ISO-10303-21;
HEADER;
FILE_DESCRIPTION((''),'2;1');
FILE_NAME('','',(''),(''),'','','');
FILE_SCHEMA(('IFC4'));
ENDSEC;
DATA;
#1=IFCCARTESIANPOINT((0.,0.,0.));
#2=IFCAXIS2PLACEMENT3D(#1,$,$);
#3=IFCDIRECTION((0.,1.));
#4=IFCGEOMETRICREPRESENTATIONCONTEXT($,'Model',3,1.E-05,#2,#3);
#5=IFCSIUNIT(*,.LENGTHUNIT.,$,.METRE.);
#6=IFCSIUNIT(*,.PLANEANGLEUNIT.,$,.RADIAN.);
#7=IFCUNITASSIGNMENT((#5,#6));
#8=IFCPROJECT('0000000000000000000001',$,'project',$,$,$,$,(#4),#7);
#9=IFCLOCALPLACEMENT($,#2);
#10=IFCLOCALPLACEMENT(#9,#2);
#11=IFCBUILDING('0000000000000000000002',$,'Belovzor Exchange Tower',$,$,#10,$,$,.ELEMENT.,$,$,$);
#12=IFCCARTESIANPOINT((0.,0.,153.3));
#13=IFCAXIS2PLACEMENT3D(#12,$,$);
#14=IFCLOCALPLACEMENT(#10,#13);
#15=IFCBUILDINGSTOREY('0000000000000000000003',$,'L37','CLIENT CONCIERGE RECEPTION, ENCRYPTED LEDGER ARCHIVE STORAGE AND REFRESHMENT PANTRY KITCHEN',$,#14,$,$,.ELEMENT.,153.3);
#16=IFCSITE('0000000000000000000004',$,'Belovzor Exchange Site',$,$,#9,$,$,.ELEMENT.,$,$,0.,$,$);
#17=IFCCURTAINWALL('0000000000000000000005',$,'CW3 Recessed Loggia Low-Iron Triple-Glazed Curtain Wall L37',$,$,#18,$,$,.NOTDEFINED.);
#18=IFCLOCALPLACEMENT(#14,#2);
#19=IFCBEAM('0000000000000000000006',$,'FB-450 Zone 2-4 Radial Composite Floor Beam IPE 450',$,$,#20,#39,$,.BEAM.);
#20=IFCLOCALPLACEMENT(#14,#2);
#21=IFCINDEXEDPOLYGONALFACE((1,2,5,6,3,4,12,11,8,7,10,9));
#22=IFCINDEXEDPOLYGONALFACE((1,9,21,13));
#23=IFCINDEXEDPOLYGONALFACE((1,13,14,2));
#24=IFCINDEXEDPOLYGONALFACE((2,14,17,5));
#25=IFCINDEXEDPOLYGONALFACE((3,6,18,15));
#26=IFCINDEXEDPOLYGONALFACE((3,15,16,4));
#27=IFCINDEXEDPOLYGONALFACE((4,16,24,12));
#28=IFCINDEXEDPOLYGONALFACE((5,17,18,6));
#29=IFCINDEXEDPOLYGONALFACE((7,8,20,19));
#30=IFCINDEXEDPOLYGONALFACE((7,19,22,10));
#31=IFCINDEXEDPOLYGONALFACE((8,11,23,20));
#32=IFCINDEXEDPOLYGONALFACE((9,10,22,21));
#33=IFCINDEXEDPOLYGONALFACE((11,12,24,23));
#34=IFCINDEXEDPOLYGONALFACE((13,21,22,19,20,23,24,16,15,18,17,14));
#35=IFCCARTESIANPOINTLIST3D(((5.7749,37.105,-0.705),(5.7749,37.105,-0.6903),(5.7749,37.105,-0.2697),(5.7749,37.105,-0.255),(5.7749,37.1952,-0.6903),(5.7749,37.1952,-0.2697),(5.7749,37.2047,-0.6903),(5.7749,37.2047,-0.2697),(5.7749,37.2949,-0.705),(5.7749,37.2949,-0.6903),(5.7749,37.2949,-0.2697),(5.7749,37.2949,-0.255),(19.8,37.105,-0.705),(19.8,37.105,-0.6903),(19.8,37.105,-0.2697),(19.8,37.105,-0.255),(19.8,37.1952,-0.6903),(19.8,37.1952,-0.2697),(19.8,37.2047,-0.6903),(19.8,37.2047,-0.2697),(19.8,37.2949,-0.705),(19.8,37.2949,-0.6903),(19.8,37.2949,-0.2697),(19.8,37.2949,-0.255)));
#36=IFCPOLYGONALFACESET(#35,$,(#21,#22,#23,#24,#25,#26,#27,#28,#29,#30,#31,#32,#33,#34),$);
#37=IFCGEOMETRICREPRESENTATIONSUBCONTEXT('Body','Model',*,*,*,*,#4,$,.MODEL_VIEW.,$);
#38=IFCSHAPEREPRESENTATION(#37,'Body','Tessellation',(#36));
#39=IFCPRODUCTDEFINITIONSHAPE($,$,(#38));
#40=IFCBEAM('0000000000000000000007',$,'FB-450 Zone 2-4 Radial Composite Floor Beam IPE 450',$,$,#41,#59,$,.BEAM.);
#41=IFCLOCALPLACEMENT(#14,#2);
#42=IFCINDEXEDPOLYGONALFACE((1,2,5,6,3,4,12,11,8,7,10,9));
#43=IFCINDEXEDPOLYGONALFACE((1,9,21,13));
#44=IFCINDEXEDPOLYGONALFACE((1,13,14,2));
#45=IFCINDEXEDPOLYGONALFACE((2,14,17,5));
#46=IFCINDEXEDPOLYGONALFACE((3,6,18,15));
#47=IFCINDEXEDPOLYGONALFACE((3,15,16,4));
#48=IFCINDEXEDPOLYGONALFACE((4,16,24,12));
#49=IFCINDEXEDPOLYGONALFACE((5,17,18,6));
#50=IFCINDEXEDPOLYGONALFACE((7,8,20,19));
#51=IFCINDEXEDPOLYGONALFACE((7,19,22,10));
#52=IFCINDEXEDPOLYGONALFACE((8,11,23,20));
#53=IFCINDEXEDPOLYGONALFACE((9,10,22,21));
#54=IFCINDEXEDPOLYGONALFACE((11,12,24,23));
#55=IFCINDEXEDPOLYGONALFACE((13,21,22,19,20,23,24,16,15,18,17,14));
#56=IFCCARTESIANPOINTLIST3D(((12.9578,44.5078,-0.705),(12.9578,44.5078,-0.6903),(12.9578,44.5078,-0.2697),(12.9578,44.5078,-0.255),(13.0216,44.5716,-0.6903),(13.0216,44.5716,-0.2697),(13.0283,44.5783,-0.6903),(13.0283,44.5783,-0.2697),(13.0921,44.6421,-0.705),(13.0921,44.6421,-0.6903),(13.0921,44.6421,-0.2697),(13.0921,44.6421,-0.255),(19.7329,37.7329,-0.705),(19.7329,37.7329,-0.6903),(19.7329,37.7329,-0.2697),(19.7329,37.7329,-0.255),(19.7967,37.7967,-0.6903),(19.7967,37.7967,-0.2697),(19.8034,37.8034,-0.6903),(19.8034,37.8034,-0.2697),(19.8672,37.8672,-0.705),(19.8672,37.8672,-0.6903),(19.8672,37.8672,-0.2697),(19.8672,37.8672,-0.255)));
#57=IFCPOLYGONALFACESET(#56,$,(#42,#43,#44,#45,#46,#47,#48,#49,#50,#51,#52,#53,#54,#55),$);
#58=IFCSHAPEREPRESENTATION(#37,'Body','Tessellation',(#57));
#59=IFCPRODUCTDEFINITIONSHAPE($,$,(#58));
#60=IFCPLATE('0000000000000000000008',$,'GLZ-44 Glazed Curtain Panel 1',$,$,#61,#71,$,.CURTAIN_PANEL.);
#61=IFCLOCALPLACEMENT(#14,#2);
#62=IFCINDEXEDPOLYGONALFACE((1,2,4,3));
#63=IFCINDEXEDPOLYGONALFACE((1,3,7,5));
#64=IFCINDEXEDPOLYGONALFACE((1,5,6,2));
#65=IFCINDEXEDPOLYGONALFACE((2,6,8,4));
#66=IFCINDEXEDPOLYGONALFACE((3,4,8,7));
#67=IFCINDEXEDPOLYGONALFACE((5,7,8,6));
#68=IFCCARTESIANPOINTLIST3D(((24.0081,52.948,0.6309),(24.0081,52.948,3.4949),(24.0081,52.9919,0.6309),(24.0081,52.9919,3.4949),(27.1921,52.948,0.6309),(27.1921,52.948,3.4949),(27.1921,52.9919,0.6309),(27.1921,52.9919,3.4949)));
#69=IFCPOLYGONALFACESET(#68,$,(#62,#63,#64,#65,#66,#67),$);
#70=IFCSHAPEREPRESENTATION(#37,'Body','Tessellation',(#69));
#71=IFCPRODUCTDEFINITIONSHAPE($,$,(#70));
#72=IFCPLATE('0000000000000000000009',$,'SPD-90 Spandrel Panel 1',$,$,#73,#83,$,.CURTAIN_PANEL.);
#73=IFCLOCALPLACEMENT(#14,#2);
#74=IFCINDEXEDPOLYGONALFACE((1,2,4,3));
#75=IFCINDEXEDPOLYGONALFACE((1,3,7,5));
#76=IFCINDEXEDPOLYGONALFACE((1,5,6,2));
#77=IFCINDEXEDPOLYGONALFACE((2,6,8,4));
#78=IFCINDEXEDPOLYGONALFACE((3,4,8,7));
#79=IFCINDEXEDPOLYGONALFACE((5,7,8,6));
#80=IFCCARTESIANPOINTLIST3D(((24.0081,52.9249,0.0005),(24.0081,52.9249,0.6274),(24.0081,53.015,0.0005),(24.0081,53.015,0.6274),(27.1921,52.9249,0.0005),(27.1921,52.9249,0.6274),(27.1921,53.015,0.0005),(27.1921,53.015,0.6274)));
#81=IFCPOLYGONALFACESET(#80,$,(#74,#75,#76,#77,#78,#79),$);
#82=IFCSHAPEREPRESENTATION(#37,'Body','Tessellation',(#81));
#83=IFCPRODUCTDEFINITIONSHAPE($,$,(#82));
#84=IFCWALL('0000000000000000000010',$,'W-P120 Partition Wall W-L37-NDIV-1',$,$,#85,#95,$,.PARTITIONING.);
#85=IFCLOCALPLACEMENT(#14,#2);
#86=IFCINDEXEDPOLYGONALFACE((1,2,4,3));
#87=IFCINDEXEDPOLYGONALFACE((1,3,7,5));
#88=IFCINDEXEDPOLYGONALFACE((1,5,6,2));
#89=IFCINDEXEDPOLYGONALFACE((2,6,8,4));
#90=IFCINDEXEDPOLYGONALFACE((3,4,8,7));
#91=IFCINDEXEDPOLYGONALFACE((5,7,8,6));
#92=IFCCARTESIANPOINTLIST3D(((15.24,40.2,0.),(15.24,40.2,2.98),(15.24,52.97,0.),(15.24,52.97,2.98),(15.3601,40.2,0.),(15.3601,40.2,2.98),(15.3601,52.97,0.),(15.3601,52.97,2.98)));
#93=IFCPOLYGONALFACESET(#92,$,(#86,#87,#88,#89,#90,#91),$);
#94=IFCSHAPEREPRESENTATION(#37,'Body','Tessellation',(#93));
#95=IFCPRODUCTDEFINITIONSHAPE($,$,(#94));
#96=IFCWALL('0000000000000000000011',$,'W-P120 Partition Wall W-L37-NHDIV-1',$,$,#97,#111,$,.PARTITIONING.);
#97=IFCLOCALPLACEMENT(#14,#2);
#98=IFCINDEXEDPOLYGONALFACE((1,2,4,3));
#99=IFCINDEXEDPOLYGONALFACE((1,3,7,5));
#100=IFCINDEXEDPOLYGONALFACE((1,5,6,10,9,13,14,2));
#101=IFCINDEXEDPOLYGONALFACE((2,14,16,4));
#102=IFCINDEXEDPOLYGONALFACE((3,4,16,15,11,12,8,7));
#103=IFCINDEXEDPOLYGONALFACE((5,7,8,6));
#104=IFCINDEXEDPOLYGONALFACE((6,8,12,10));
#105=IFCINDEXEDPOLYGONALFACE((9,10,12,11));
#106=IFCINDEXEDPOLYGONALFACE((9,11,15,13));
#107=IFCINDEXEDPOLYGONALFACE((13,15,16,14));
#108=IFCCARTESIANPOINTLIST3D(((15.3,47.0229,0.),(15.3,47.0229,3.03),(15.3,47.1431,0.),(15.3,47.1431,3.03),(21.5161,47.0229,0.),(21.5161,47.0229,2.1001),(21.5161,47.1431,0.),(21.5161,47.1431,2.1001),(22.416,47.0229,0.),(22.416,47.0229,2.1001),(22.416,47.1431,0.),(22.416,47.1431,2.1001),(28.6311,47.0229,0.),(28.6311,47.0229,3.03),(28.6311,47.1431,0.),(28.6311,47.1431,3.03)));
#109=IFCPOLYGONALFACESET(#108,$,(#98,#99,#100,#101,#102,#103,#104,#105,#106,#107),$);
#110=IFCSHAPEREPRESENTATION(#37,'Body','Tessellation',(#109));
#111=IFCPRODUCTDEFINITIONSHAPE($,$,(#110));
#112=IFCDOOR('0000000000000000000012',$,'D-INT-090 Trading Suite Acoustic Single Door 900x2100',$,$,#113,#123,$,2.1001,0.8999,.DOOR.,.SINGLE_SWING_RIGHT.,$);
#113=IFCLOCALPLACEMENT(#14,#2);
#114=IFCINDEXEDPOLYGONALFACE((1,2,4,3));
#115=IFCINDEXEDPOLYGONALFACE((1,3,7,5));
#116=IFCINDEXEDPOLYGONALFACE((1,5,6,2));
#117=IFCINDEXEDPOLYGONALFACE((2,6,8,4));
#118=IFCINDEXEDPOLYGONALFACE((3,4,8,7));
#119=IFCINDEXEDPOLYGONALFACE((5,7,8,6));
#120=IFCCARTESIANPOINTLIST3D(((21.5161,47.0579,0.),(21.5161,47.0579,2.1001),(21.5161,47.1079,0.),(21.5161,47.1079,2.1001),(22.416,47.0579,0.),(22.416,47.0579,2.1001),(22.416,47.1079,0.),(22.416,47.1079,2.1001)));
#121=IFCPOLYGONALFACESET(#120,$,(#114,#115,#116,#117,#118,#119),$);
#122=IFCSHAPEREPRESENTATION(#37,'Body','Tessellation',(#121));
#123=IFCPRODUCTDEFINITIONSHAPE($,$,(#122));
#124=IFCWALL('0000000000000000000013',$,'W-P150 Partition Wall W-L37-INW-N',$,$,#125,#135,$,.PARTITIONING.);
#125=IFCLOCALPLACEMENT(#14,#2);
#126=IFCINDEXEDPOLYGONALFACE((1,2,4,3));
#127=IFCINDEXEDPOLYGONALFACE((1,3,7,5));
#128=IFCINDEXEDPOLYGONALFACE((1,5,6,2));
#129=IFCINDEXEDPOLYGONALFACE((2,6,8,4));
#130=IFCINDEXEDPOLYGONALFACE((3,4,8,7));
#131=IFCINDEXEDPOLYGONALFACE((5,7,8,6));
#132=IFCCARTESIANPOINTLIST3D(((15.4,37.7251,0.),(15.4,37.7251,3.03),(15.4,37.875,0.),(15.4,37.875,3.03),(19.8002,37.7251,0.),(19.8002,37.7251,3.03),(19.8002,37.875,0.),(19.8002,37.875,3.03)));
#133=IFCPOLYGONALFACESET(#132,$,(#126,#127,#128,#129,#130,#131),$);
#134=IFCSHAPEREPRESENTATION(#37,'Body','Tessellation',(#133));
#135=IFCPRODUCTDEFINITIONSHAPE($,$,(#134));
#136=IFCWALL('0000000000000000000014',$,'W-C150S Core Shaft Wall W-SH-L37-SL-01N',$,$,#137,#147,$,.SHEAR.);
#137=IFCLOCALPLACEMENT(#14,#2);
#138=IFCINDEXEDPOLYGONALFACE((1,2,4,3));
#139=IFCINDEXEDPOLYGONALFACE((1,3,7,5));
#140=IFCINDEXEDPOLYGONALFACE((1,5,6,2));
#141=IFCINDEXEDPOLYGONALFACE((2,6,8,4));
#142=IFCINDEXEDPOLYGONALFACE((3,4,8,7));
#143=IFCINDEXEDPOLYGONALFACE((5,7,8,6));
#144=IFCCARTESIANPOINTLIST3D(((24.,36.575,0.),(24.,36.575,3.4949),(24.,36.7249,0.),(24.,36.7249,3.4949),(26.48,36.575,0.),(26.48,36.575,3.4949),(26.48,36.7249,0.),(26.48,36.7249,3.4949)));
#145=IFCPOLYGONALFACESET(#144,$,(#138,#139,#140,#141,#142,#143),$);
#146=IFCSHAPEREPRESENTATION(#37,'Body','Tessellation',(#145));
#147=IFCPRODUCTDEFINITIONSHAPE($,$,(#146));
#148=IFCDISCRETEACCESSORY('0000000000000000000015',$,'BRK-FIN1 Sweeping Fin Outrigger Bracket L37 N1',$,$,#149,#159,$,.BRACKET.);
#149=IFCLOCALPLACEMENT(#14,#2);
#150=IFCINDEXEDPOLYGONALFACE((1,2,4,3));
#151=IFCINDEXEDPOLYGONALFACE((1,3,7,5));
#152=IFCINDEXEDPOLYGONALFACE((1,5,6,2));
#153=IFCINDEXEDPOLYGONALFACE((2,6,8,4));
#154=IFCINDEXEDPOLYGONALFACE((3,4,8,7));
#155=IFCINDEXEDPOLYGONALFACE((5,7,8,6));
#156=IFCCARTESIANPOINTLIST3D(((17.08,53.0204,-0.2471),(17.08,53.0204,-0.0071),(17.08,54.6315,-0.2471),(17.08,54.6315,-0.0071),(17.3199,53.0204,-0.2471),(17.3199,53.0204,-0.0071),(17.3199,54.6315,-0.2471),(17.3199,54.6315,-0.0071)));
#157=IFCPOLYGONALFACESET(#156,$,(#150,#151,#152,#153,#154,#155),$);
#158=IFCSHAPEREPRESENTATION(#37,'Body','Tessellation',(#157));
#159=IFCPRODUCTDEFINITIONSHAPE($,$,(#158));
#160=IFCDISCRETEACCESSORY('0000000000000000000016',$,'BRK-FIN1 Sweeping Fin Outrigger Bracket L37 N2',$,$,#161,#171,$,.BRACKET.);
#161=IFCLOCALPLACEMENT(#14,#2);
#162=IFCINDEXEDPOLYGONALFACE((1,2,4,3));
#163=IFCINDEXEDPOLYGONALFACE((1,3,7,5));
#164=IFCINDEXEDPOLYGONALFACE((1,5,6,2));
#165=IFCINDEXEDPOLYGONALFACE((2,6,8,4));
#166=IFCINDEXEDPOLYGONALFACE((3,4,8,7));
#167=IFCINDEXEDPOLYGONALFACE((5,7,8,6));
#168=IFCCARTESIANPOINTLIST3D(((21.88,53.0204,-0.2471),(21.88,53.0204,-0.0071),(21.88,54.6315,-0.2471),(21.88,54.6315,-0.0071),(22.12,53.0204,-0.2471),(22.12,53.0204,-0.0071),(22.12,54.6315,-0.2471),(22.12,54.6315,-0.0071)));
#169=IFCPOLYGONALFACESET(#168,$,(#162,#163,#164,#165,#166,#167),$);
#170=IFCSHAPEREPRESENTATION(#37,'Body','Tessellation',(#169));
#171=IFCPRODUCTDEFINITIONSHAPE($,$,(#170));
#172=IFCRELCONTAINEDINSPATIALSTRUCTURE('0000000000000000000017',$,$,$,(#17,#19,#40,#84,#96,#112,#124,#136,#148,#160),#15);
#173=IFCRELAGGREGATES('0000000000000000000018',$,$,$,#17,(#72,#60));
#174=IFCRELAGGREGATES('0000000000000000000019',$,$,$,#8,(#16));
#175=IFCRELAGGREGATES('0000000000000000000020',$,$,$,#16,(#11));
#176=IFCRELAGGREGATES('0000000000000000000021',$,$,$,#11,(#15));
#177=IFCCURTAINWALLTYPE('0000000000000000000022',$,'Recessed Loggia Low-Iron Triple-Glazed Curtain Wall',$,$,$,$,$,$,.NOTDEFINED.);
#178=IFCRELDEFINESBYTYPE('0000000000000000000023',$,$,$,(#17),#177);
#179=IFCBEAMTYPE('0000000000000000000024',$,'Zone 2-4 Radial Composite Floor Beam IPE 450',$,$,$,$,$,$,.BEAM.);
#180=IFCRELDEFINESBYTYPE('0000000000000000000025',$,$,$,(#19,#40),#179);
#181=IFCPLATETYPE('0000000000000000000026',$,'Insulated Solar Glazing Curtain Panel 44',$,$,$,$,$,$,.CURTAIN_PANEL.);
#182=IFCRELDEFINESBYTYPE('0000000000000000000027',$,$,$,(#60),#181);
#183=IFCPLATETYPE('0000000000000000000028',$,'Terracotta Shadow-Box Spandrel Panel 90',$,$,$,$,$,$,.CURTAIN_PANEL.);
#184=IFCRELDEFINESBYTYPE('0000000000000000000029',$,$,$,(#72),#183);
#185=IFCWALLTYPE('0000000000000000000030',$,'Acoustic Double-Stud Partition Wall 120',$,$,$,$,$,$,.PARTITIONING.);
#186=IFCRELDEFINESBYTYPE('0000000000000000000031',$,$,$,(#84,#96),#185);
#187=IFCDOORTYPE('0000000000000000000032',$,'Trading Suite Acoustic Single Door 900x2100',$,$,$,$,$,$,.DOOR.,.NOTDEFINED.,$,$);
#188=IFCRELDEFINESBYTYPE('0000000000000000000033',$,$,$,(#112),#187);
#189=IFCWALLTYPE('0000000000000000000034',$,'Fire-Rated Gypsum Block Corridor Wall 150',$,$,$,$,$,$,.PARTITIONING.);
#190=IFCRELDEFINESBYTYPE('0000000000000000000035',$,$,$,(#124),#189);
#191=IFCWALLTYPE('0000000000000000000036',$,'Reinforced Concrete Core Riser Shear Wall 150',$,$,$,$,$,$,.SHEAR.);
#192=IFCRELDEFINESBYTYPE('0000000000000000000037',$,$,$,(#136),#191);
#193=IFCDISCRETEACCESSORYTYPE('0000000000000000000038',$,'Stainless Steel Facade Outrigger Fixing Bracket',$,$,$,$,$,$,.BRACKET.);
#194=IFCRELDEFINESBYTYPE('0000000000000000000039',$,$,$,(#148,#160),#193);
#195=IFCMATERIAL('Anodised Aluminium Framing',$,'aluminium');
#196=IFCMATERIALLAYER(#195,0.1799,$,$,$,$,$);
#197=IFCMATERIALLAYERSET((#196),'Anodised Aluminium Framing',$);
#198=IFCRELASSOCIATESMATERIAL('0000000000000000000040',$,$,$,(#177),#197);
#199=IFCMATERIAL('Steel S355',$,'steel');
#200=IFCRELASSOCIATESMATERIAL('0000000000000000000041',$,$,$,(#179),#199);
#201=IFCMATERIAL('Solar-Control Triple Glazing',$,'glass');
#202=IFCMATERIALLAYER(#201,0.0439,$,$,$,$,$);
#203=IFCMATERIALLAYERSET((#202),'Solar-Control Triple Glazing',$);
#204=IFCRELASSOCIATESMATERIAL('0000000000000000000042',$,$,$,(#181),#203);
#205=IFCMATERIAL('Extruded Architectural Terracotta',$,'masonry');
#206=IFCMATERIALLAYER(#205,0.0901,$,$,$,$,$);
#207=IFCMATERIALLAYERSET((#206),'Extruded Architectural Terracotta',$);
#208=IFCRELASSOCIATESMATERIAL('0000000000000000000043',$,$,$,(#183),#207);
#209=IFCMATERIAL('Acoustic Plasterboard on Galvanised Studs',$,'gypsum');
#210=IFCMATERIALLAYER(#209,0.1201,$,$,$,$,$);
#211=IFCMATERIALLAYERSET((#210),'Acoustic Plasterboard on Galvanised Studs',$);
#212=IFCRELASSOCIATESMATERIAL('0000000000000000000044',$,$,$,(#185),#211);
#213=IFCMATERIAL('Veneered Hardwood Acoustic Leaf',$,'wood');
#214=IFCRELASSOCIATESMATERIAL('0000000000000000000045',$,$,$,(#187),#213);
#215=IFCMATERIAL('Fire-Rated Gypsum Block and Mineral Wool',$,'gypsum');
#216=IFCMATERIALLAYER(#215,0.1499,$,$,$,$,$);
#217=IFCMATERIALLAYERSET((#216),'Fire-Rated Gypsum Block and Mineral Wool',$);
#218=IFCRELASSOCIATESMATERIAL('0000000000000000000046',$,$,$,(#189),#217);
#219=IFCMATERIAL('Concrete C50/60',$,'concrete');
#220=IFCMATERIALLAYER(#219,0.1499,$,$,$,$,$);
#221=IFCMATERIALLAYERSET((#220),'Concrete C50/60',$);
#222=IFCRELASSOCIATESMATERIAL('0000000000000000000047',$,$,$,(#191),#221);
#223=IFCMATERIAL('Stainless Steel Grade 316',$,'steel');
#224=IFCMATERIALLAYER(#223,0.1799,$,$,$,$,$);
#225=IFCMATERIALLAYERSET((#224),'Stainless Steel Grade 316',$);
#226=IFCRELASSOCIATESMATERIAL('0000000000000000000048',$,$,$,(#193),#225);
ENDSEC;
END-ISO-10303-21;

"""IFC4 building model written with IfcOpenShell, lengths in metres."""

from ifc_helpers import new_model, si_unit, direction, frame, frame_2d, origin, origin_2d, place, context, subcontext, project, spatial, rectangle, i_section, extrude, material, layer, layer_set, material_profile, profile_set, type_object, element, fill, aggregate, save


model = new_model("IFC4")

# Units and contexts
model_context = context("Model", 3, precision=1e-05, world=origin(), true_north=direction((0.0, 1.0)))
body_context = subcontext(model_context, "Body", "Model", "MODEL_VIEW")
ifc_project = project(units=[si_unit("LENGTHUNIT", "METRE"), si_unit("PLANEANGLEUNIT", "RADIAN")], contexts=[model_context])

# Site, building, storey
site_placement = place(None, origin())
site = spatial("IfcSite", under=ifc_project, at=site_placement, Name="Belovzor Exchange Site", CompositionType="ELEMENT", RefElevation=0.0)
building_placement = place(site_placement, origin())
building = spatial("IfcBuilding", under=site, at=building_placement, Name="Belovzor Exchange Tower", CompositionType="ELEMENT")
storey_placement = place(building_placement, frame((0.0, 0.0, 153.3)))
storey = spatial("IfcBuildingStorey", under=building, at=storey_placement, Name="L37", Description="CLIENT CONCIERGE RECEPTION, ENCRYPTED LEDGER ARCHIVE STORAGE AND REFRESHMENT PANTRY KITCHEN", CompositionType="ELEMENT", Elevation=153.3)

# Curtain wall
ifc_material_1 = material(Name="Anodised Aluminium Framing", Category="aluminium")
ifc_layer_1 = layer(ifc_material_1, 0.1799)
ifc_layer_set_1 = layer_set([ifc_layer_1], Name="Anodised Aluminium Framing")
curtain_wall_type = type_object("IfcCurtainWallType", Name="Recessed Loggia Low-Iron Triple-Glazed Curtain Wall", PredefinedType="NOTDEFINED", material=ifc_layer_set_1)
curtain_wall_placement = place(storey_placement, origin())
curtain_wall = element("IfcCurtainWall", 1, at=curtain_wall_placement, inside=storey, type_object=curtain_wall_type, Name="CW3 Recessed Loggia Low-Iron Triple-Glazed Curtain Wall L37", PredefinedType="NOTDEFINED")

# Beams
ifc_material_2 = material(Name="Steel S355", Category="steel")
ifc_material_profile_1 = material_profile(ifc_material_2, i_section(OverallWidth=0.1899, OverallDepth=0.45, WebThickness=0.0095, FlangeThickness=0.0146, at=origin_2d()))
ifc_profile_set_1 = profile_set([ifc_material_profile_1], Name="Steel S355")
beam_type_1 = type_object("IfcBeamType", Name="Zone 2-4 Radial Composite Floor Beam IPE 450", PredefinedType="BEAM", material=ifc_profile_set_1)
beam_1_placement = place(storey_placement, frame((19.8, 37.2, -0.48), z_axis=(-1.0, 0.0, 0.0), x_axis=(0.0, -1.0, 0.0)))
element("IfcBeam", 2, at=beam_1_placement, inside=storey, type_object=beam_type_1, Name="FB-450 Zone 2-4 Radial Composite Floor Beam IPE 450", PredefinedType="BEAM", context=body_context, shape_type="SweptSolid", body=[
    extrude(i_section(OverallWidth=0.1899, OverallDepth=0.45, WebThickness=0.0095, FlangeThickness=0.0146, at=origin_2d()), origin(), (0.0, 0.0, 1.0), 14.0251),
])
beam_2_placement = place(storey_placement, frame((19.8, 37.8, -0.48), z_axis=(-0.70712, 0.707094, 0.0), x_axis=(-0.707094, -0.70712, 0.0)))
element("IfcBeam", 3, at=beam_2_placement, inside=storey, type_object=beam_type_1, Name="FB-450 Zone 2-4 Radial Composite Floor Beam IPE 450", PredefinedType="BEAM", context=body_context, shape_type="SweptSolid", body=[
    extrude(i_section(OverallWidth=0.1899, OverallDepth=0.45, WebThickness=0.0095, FlangeThickness=0.0146, at=origin_2d()), origin(), (0.0, 0.0, 1.0), 9.5813),
])

# Plates
ifc_material_3 = material(Name="Solar-Control Triple Glazing", Category="glass")
ifc_layer_2 = layer(ifc_material_3, 0.0439)
ifc_layer_set_2 = layer_set([ifc_layer_2], Name="Solar-Control Triple Glazing")
plate_type_1 = type_object("IfcPlateType", Name="Insulated Solar Glazing Curtain Panel 44", PredefinedType="CURTAIN_PANEL", material=ifc_layer_set_2)
plate_1_placement = place(storey_placement, frame((25.6001, 52.97, 0.6309), z_axis=(0.0, 0.0, 1.0), x_axis=(1.0, 0.0, 0.0)))
plate_1 = element("IfcPlate", 4, at=plate_1_placement, type_object=plate_type_1, Name="GLZ-44 Glazed Curtain Panel 1", PredefinedType="CURTAIN_PANEL", context=body_context, shape_type="SweptSolid", body=[
    extrude(rectangle(XDim=3.1841, YDim=0.0439, at=origin_2d()), origin(), (0.0, 0.0, 1.0), 2.864),
])
ifc_material_4 = material(Name="Extruded Architectural Terracotta", Category="masonry")
ifc_layer_3 = layer(ifc_material_4, 0.0901)
ifc_layer_set_3 = layer_set([ifc_layer_3], Name="Extruded Architectural Terracotta")
plate_type_2 = type_object("IfcPlateType", Name="Terracotta Shadow-Box Spandrel Panel 90", PredefinedType="CURTAIN_PANEL", material=ifc_layer_set_3)
plate_2_placement = place(storey_placement, frame((25.6001, 52.97, 0.0005), z_axis=(0.0, 0.0, 1.0), x_axis=(1.0, 0.0, 0.0)))
plate_2 = element("IfcPlate", 5, at=plate_2_placement, type_object=plate_type_2, Name="SPD-90 Spandrel Panel 1", PredefinedType="CURTAIN_PANEL", context=body_context, shape_type="SweptSolid", body=[
    extrude(rectangle(XDim=3.1841, YDim=0.0901, at=origin_2d()), origin(), (0.0, 0.0, 1.0), 0.627),
])
aggregate(curtain_wall, [plate_2, plate_1])

# Wall
ifc_material_5 = material(Name="Acoustic Plasterboard on Galvanised Studs", Category="gypsum")
ifc_layer_4 = layer(ifc_material_5, 0.1201)
ifc_layer_set_4 = layer_set([ifc_layer_4], Name="Acoustic Plasterboard on Galvanised Studs")
wall_type_1 = type_object("IfcWallType", Name="Acoustic Double-Stud Partition Wall 120", PredefinedType="PARTITIONING", material=ifc_layer_set_4)
wall_1_placement = place(storey_placement, frame((15.3, 40.2, 0.0), z_axis=(0.0, 0.0, 1.0), x_axis=(0.0, 1.0, 0.0)))
element("IfcWall", 6, at=wall_1_placement, inside=storey, type_object=wall_type_1, Name="W-P120 Partition Wall W-L37-NDIV-1", PredefinedType="PARTITIONING", context=body_context, shape_type="SweptSolid", body=[
    extrude(rectangle(XDim=12.77, YDim=0.1201, at=frame_2d((6.385, 0.0))), origin(), (0.0, 0.0, 1.0), 2.98),
])

# Wall, opening, door
wall_2_placement = place(storey_placement, frame((15.3, 47.083, 0.0), z_axis=(0.0, 0.0, 1.0), x_axis=(1.0, 0.0, 0.0)))
wall_2 = element("IfcWall", 7, at=wall_2_placement, inside=storey, type_object=wall_type_1, Name="W-P120 Partition Wall W-L37-NHDIV-1", PredefinedType="PARTITIONING", context=body_context, shape_type="SweptSolid", body=[
    extrude(rectangle(XDim=13.3311, YDim=0.1201, at=frame_2d((6.6655, 0.0))), origin(), (0.0, 0.0, 1.0), 3.03),
])
opening_1_placement = place(wall_2_placement, frame((6.2161, 0.0, 0.0)))
opening_1 = element("IfcOpeningElement", 8, at=opening_1_placement, cuts=wall_2, PredefinedType="OPENING", context=body_context, shape_type="SweptSolid", body=[
    extrude(rectangle(XDim=0.8999, YDim=2.1001, at=frame_2d((0.45, 1.05))), frame((0.0, 0.0701, 0.0), z_axis=(0.0, -1.0, 0.0), x_axis=(1.0, 0.0, 0.0)), (0.0, 0.0, 1.0), 0.1401),
])
ifc_material_6 = material(Name="Veneered Hardwood Acoustic Leaf", Category="wood")
door_type_1 = type_object("IfcDoorType", Name="Trading Suite Acoustic Single Door 900x2100", OperationType="NOTDEFINED", PredefinedType="DOOR", material=ifc_material_6)
door_1_placement = place(opening_1_placement, origin())
door_1 = element("IfcDoor", 9, at=door_1_placement, inside=storey, type_object=door_type_1, Name="D-INT-090 Trading Suite Acoustic Single Door 900x2100", OperationType="SINGLE_SWING_RIGHT", OverallHeight=2.1001, OverallWidth=0.8999, PredefinedType="DOOR", context=body_context, shape_type="SweptSolid", body=[
    extrude(rectangle(XDim=0.8999, YDim=2.1001, at=frame_2d((0.45, 1.05))), frame((0.0, 0.0249, 0.0), z_axis=(0.0, -1.0, 0.0), x_axis=(1.0, 0.0, 0.0)), (0.0, 0.0, 1.0), 0.05),
])
fill(opening_1, door_1)

# Walls
ifc_material_7 = material(Name="Fire-Rated Gypsum Block and Mineral Wool", Category="gypsum")
ifc_layer_5 = layer(ifc_material_7, 0.1499)
ifc_layer_set_5 = layer_set([ifc_layer_5], Name="Fire-Rated Gypsum Block and Mineral Wool")
wall_type_2 = type_object("IfcWallType", Name="Fire-Rated Gypsum Block Corridor Wall 150", PredefinedType="PARTITIONING", material=ifc_layer_set_5)
wall_3_placement = place(storey_placement, frame((15.3999, 37.8, 0.0), z_axis=(0.0, 0.0, 1.0), x_axis=(1.0, 0.0, 0.0)))
element("IfcWall", 10, at=wall_3_placement, inside=storey, type_object=wall_type_2, Name="W-P150 Partition Wall W-L37-INW-N", PredefinedType="PARTITIONING", context=body_context, shape_type="SweptSolid", body=[
    extrude(rectangle(XDim=4.4001, YDim=0.1499, at=frame_2d((2.2002, 0.0))), origin(), (0.0, 0.0, 1.0), 3.03),
])
ifc_material_8 = material(Name="Concrete C50/60", Category="concrete")
ifc_layer_6 = layer(ifc_material_8, 0.1499)
ifc_layer_set_6 = layer_set([ifc_layer_6], Name="Concrete C50/60")
wall_type_3 = type_object("IfcWallType", Name="Reinforced Concrete Core Riser Shear Wall 150", PredefinedType="SHEAR", material=ifc_layer_set_6)
wall_4_placement = place(storey_placement, frame((24.0, 36.6499, 0.0), z_axis=(0.0, 0.0, 1.0), x_axis=(1.0, 0.0, 0.0)))
element("IfcWall", 11, at=wall_4_placement, inside=storey, type_object=wall_type_3, Name="W-C150S Core Shaft Wall W-SH-L37-SL-01N", PredefinedType="SHEAR", context=body_context, shape_type="SweptSolid", body=[
    extrude(rectangle(XDim=2.48, YDim=0.1499, at=frame_2d((1.24, 0.0))), origin(), (0.0, 0.0, 1.0), 3.4949),
])

# Discrete accessories
ifc_material_9 = material(Name="Stainless Steel Grade 316", Category="steel")
ifc_layer_7 = layer(ifc_material_9, 0.1799)
ifc_layer_set_7 = layer_set([ifc_layer_7], Name="Stainless Steel Grade 316")
discrete_accessory_type = type_object("IfcDiscreteAccessoryType", Name="Stainless Steel Facade Outrigger Fixing Bracket", PredefinedType="BRACKET", material=ifc_layer_set_7)
for number, where, z_axis, x_axis, name in (
    (12, (17.2, 53.8259, -0.2471), (0.0, 0.0, 1.0), (0.0, 1.0, 0.0), "BRK-FIN1 Sweeping Fin Outrigger Bracket L37 N1"),
    (13, (22.0, 53.8259, -0.2471), (0.0, 0.0, 1.0), (0.0, 1.0, 0.0), "BRK-FIN1 Sweeping Fin Outrigger Bracket L37 N2"),
):
    element("IfcDiscreteAccessory", number, at=place(storey_placement, frame(where, z_axis=z_axis, x_axis=x_axis)), inside=storey, type_object=discrete_accessory_type, Name=name, PredefinedType="BRACKET", context=body_context, shape_type="SweptSolid", body=[
        extrude(rectangle(XDim=1.6111, YDim=0.24, at=origin_2d()), origin(), (0.0, 0.0, 1.0), 0.24),
    ])

save(model, "model.ifc")
